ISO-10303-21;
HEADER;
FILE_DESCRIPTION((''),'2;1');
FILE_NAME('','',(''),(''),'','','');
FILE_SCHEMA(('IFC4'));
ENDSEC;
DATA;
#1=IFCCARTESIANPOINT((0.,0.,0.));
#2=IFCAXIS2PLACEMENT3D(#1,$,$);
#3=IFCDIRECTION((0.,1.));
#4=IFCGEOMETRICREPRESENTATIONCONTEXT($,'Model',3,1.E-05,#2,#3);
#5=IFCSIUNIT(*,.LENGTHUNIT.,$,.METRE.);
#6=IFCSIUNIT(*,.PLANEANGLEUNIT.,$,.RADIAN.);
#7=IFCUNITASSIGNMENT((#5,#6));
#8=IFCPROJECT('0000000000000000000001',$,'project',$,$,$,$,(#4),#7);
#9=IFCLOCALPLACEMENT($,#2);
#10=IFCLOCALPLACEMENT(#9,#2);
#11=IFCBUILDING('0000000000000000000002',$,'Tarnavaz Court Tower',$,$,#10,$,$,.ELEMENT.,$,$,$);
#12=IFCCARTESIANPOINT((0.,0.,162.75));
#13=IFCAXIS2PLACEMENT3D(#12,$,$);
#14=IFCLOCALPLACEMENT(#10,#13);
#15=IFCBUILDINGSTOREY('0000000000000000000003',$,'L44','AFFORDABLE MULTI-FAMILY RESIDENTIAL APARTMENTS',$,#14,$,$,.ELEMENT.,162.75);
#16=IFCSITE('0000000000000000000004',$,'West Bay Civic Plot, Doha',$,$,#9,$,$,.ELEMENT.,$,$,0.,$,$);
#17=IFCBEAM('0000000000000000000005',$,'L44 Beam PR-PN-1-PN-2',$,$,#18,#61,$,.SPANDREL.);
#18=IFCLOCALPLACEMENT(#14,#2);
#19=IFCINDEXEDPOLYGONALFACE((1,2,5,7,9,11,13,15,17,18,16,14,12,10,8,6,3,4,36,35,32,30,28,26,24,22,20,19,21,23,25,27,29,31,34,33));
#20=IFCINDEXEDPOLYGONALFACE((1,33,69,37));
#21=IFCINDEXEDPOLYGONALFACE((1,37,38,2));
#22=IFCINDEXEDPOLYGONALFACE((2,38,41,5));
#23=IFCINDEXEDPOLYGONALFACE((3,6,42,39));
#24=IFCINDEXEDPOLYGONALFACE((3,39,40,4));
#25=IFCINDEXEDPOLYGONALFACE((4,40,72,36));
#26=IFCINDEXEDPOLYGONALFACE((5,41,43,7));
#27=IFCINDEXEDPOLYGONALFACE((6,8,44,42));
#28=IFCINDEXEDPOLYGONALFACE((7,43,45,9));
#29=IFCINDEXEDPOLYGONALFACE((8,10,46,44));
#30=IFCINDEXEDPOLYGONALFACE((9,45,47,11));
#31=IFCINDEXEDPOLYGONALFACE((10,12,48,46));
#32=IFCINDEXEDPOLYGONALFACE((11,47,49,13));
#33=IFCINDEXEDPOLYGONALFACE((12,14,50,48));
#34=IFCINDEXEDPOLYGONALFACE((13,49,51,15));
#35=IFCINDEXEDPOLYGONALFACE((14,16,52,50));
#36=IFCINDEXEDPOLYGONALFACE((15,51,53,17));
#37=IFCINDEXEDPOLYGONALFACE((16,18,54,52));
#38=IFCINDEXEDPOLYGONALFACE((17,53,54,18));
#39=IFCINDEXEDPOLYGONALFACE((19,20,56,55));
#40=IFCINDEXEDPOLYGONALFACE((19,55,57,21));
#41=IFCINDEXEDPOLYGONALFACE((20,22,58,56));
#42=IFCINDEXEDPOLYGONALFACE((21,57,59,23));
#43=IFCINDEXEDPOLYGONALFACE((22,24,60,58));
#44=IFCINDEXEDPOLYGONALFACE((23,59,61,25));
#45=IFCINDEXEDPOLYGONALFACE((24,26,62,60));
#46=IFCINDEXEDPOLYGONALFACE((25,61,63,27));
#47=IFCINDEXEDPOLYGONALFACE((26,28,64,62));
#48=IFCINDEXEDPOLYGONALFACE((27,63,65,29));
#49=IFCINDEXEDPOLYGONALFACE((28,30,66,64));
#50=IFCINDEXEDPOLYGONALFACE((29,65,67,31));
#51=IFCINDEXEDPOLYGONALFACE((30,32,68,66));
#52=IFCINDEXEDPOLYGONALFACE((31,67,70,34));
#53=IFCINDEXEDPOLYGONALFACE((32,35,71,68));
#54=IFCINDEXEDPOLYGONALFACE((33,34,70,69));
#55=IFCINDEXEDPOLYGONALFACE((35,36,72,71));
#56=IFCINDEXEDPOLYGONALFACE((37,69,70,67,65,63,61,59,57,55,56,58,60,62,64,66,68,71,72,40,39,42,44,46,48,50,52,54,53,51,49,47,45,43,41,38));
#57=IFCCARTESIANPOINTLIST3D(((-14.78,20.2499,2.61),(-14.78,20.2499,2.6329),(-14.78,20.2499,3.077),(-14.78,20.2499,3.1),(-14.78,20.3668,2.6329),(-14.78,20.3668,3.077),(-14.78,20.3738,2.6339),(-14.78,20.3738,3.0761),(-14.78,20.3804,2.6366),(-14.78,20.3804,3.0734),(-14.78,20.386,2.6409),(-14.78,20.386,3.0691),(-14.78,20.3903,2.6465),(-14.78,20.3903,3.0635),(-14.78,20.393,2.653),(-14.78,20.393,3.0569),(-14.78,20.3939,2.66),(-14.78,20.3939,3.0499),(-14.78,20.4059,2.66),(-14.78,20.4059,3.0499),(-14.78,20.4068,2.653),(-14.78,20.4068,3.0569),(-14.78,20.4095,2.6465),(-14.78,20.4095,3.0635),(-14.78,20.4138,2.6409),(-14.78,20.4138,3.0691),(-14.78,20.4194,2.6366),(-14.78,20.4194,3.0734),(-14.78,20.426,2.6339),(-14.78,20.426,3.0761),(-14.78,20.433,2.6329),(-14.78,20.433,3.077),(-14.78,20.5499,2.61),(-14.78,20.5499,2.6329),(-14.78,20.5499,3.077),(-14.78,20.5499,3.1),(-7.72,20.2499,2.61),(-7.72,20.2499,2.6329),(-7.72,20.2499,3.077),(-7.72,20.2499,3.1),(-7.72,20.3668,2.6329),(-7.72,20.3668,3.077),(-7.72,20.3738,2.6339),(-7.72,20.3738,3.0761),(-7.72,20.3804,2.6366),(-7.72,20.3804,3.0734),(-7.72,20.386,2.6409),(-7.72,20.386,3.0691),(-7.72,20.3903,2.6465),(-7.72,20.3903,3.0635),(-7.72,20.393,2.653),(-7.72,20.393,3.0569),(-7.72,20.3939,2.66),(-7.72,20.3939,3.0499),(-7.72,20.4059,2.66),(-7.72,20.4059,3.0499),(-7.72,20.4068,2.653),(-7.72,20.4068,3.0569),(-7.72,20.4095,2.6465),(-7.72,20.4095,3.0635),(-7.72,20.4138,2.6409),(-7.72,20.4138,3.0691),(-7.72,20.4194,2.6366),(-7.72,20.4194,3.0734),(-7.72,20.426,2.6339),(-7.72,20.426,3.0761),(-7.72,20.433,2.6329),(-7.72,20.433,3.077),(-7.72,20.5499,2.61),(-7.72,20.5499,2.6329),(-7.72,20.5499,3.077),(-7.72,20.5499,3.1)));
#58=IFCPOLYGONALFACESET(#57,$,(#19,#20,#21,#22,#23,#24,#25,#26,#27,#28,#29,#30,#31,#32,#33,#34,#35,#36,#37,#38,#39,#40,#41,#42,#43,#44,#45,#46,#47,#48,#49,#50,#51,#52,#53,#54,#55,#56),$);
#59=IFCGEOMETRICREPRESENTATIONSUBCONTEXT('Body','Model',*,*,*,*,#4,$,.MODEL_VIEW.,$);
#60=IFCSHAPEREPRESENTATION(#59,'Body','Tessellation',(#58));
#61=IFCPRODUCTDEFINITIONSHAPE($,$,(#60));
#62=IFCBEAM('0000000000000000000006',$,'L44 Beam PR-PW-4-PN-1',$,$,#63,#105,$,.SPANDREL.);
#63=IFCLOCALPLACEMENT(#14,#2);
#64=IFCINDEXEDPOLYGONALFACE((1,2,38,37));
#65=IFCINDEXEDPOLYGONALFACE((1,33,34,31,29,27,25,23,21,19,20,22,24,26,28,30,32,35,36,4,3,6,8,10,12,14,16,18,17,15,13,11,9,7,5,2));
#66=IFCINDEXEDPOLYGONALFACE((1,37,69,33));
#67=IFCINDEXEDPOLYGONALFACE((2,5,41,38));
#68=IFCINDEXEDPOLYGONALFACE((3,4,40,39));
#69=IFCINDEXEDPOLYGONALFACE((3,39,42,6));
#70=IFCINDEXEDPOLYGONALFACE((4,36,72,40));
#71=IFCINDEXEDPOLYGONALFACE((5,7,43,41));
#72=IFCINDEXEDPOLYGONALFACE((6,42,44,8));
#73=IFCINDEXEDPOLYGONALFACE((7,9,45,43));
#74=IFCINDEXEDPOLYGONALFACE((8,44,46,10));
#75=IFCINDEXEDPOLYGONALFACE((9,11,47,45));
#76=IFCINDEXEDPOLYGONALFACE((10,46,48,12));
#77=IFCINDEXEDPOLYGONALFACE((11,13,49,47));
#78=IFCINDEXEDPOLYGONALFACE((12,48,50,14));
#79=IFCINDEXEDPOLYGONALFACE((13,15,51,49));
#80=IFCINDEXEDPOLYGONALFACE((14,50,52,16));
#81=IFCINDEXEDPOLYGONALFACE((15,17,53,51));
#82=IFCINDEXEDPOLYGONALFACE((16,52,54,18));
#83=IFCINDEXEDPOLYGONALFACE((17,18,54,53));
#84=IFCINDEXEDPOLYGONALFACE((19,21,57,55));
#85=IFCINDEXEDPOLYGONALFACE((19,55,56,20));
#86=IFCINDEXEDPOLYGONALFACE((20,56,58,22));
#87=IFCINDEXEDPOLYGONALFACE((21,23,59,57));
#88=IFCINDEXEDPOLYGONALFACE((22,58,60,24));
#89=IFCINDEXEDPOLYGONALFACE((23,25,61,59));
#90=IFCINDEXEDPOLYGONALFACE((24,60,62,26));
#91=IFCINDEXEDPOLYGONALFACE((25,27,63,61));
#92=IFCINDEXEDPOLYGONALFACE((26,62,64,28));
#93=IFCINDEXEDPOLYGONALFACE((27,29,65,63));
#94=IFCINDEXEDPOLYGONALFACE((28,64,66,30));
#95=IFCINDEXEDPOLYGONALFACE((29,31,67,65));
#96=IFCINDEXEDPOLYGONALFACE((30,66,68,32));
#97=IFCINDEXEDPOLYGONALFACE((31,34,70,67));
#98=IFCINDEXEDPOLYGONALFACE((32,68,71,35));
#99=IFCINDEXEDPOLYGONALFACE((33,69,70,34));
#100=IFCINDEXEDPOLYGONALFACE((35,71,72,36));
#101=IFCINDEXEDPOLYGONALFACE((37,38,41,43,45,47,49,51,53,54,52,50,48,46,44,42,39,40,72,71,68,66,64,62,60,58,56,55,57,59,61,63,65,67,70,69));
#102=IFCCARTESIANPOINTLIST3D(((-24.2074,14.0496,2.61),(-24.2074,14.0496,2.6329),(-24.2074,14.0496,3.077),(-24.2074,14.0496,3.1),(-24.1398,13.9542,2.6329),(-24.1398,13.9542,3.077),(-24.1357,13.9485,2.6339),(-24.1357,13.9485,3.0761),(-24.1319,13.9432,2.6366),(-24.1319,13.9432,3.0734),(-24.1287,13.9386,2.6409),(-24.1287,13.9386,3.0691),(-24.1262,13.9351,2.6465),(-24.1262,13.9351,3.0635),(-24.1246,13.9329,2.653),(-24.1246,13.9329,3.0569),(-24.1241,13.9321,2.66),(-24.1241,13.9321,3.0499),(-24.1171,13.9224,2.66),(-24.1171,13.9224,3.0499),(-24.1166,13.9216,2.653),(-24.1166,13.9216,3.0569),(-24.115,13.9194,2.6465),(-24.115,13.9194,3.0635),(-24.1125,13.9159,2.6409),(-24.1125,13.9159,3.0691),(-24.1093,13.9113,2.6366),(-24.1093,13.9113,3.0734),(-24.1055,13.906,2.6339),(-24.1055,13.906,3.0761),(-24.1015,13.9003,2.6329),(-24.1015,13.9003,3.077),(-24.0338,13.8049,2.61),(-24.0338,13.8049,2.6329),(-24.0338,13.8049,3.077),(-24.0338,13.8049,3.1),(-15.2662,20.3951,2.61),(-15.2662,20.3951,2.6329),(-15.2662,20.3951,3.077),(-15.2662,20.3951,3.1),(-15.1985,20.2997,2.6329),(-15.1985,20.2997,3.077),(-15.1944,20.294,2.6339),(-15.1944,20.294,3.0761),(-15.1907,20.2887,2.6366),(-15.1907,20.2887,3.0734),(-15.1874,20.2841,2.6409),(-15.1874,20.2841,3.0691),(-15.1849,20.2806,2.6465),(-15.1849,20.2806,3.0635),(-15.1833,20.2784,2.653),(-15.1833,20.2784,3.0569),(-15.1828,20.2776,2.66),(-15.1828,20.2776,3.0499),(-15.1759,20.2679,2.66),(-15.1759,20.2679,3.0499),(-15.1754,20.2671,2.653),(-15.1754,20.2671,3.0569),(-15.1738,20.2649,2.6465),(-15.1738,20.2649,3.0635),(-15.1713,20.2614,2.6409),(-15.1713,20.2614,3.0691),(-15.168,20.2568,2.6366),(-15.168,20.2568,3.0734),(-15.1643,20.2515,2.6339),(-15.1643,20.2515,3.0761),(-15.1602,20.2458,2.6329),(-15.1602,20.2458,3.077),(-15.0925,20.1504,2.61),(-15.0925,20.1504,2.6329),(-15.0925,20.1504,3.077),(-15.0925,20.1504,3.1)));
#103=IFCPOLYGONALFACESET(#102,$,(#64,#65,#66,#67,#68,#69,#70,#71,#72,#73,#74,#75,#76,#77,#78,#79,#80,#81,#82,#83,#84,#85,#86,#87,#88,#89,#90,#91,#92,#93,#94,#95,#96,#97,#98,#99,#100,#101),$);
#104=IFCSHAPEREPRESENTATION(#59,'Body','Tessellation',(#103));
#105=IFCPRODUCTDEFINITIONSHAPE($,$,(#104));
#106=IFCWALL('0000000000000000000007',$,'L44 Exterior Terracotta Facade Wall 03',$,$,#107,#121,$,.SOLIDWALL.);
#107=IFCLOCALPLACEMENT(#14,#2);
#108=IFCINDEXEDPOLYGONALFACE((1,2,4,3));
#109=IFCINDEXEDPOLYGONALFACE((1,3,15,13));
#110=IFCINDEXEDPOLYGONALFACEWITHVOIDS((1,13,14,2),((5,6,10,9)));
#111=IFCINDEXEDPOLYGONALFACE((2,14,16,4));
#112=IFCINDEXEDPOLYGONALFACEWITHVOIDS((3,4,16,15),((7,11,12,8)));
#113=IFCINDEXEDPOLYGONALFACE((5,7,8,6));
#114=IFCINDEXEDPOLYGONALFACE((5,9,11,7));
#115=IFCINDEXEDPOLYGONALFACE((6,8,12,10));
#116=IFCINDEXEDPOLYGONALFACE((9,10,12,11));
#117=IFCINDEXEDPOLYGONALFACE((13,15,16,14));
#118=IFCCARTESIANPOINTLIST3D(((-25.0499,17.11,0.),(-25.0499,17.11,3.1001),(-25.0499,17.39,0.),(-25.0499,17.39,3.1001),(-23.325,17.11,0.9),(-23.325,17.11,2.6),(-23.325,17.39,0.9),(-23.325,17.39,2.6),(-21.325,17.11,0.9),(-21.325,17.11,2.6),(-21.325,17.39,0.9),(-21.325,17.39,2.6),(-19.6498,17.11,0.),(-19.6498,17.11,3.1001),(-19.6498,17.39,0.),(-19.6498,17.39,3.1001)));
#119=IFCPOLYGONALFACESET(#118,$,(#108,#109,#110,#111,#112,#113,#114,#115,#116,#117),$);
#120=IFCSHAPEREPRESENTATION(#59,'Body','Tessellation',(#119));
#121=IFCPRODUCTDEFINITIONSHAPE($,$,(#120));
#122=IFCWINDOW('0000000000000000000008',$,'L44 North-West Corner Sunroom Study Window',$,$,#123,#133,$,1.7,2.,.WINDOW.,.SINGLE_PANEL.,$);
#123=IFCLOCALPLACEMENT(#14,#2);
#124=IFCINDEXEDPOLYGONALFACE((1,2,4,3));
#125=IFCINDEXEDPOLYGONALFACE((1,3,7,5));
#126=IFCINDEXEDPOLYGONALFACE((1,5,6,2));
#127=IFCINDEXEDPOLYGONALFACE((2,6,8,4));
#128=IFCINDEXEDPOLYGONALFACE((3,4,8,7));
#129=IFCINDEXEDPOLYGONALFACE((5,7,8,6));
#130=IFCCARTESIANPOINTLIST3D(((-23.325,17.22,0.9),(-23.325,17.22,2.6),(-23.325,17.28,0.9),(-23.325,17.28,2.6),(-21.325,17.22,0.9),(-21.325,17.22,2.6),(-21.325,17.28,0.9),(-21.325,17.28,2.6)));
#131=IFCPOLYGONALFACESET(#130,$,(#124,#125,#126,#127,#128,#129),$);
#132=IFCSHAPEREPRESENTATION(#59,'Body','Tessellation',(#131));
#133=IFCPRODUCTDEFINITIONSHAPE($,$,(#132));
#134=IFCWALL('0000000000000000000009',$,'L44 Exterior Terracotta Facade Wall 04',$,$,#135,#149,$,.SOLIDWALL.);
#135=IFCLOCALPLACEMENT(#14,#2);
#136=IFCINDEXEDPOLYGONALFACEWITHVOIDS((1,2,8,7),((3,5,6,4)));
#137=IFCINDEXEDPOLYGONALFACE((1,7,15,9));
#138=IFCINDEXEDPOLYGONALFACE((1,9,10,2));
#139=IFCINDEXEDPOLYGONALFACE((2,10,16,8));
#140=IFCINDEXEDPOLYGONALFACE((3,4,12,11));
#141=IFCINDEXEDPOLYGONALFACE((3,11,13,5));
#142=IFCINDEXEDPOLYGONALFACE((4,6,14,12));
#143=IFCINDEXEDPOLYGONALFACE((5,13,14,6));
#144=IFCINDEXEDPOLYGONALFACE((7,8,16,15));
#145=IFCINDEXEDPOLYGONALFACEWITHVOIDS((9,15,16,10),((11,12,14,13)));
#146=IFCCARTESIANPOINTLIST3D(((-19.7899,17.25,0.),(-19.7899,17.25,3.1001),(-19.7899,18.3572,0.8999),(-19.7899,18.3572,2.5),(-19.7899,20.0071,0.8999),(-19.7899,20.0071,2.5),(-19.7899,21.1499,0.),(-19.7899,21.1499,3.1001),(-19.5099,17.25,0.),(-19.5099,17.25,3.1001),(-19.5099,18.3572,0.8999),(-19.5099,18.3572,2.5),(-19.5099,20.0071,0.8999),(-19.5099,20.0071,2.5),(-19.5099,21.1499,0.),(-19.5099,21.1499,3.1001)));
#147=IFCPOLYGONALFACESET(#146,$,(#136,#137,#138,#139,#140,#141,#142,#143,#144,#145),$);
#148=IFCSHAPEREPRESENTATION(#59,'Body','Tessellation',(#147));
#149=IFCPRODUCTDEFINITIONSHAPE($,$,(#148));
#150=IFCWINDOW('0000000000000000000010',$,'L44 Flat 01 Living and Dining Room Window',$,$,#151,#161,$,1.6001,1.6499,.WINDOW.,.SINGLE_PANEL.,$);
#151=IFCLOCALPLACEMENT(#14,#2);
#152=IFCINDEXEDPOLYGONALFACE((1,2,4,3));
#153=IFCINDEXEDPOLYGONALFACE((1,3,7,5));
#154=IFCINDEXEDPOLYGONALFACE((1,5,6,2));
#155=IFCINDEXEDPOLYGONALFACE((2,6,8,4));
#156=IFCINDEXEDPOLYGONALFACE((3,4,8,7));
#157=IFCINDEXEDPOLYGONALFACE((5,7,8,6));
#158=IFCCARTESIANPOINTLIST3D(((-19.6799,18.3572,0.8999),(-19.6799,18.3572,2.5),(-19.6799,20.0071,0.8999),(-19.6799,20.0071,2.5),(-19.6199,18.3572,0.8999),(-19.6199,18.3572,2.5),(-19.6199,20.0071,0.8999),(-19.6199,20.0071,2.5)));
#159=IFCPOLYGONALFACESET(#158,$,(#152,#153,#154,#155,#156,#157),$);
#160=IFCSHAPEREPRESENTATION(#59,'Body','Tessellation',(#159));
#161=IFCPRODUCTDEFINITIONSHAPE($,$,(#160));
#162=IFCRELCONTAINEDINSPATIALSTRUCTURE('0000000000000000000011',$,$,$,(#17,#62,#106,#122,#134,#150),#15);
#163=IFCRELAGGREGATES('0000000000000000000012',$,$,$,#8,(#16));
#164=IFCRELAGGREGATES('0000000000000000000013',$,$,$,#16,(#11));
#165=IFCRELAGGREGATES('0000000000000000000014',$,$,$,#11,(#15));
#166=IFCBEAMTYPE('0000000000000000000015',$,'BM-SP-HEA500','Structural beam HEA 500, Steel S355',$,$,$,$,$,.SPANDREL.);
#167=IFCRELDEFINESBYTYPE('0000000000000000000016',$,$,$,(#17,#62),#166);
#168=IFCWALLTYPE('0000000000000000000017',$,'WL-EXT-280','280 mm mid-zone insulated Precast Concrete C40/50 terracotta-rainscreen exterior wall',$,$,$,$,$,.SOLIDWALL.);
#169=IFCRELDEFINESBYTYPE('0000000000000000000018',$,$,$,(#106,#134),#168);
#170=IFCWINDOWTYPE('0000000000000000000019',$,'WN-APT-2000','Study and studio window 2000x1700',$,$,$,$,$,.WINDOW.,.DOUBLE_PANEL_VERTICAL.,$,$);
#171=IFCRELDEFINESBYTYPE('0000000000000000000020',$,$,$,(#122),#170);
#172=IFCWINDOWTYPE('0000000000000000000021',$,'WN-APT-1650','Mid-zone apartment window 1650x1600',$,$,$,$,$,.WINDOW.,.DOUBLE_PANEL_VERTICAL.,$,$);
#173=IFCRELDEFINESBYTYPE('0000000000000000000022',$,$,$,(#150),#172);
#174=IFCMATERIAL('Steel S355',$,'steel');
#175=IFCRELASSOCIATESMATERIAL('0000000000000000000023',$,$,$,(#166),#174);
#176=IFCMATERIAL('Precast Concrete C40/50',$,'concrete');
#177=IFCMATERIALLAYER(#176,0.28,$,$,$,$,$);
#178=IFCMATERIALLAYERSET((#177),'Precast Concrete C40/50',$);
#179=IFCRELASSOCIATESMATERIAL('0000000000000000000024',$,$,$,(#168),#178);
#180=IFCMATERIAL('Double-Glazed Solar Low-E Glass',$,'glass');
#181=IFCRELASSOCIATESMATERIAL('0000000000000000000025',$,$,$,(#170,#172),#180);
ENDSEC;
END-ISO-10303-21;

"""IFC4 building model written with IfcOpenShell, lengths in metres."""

from ifc_helpers import new_model, si_unit, direction, frame, frame_2d, origin, origin_2d, place, context, subcontext, project, spatial, rectangle, i_section, extrude, material, layer, layer_set, material_profile, profile_set, type_object, element, fill, save


model = new_model("IFC4")

# Units and contexts
model_context = context("Model", 3, precision=1e-05, world=origin(), true_north=direction((0.0, 1.0)))
body_context = subcontext(model_context, "Body", "Model", "MODEL_VIEW")
ifc_project = project(units=[si_unit("LENGTHUNIT", "METRE"), si_unit("PLANEANGLEUNIT", "RADIAN")], contexts=[model_context])

# Site, building, storey
site_placement = place(None, origin())
site = spatial("IfcSite", under=ifc_project, at=site_placement, Name="West Bay Civic Plot, Doha", CompositionType="ELEMENT", RefElevation=0.0)
building_placement = place(site_placement, origin())
building = spatial("IfcBuilding", under=site, at=building_placement, Name="Tarnavaz Court Tower", CompositionType="ELEMENT")
storey_placement = place(building_placement, frame((0.0, 0.0, 162.75)))
storey = spatial("IfcBuildingStorey", under=building, at=storey_placement, Name="L44", Description="AFFORDABLE MULTI-FAMILY RESIDENTIAL APARTMENTS", CompositionType="ELEMENT", Elevation=162.75)

# Beams
ifc_material_1 = material(Name="Steel S355", Category="steel")
ifc_material_profile_1 = material_profile(ifc_material_1, i_section(OverallWidth=0.3, OverallDepth=0.49, WebThickness=0.012, FlangeThickness=0.0229, FilletRadius=0.0271, at=origin_2d()), Name="HEA 500")
ifc_profile_set_1 = profile_set([ifc_material_profile_1], Name="Steel S355")
beam_type_1 = type_object("IfcBeamType", Name="BM-SP-HEA500", Description="Structural beam HEA 500, Steel S355", PredefinedType="SPANDREL", material=ifc_profile_set_1)
beam_1_placement = place(storey_placement, frame((-14.78, 20.3999, 2.855), z_axis=(1.0, 0.0, 0.0), x_axis=(0.0, 1.0, 0.0)))
element("IfcBeam", 1, at=beam_1_placement, inside=storey, type_object=beam_type_1, Name="L44 Beam PR-PN-1-PN-2", PredefinedType="SPANDREL", context=body_context, shape_type="SweptSolid", body=[
    extrude(i_section(OverallWidth=0.3, OverallDepth=0.49, WebThickness=0.012, FlangeThickness=0.0229, FilletRadius=0.0271, at=origin_2d()), origin(), (0.0, 0.0, 1.0), 7.0601),
])
beam_2_placement = place(storey_placement, frame((-24.1206, 13.9272, 2.855), z_axis=(0.815502, 0.578754, 0.0), x_axis=(-0.578754, 0.815502, 0.0)))
element("IfcBeam", 2, at=beam_2_placement, inside=storey, type_object=beam_type_1, Name="L44 Beam PR-PW-4-PN-1", PredefinedType="SPANDREL", context=body_context, shape_type="SweptSolid", body=[
    extrude(i_section(OverallWidth=0.3, OverallDepth=0.49, WebThickness=0.012, FlangeThickness=0.0229, FilletRadius=0.0271, at=origin_2d()), origin(), (0.0, 0.0, 1.0), 10.9641),
])

# Walls, openings, windows
ifc_material_2 = material(Name="Precast Concrete C40/50", Category="concrete")
ifc_layer_1 = layer(ifc_material_2, 0.28)
ifc_layer_set_1 = layer_set([ifc_layer_1], Name="Precast Concrete C40/50")
wall_type_1 = type_object("IfcWallType", Name="WL-EXT-280", Description="280 mm mid-zone insulated Precast Concrete C40/50 terracotta-rainscreen exterior wall", PredefinedType="SOLIDWALL", material=ifc_layer_set_1)
wall_1_placement = place(storey_placement, frame((-25.05, 17.25, 0.0), z_axis=(0.0, 0.0, 1.0), x_axis=(1.0, 0.0, 0.0)))
wall_1 = element("IfcWall", 3, at=wall_1_placement, inside=storey, type_object=wall_type_1, Name="L44 Exterior Terracotta Facade Wall 03", PredefinedType="SOLIDWALL", context=body_context, shape_type="SweptSolid", body=[
    extrude(rectangle(XDim=5.4001, YDim=0.28, at=frame_2d((2.7002, 0.0))), origin(), (0.0, 0.0, 1.0), 3.1001),
])
opening_1_placement = place(wall_1_placement, frame((1.7251, 0.0, 0.8999)))
opening_1 = element("IfcOpeningElement", 4, at=opening_1_placement, cuts=wall_1, PredefinedType="OPENING", context=body_context, shape_type="SweptSolid", body=[
    extrude(rectangle(XDim=2.0, YDim=1.7, at=frame_2d((1.0, 0.8501))), frame((0.0, 0.1499, 0.0), z_axis=(0.0, -1.0, 0.0), x_axis=(1.0, 0.0, 0.0)), (0.0, 0.0, 1.0), 0.3),
])
ifc_material_3 = material(Name="Double-Glazed Solar Low-E Glass", Category="glass")
window_type_1 = type_object("IfcWindowType", Name="WN-APT-2000", Description="Study and studio window 2000x1700", PartitioningType="DOUBLE_PANEL_VERTICAL", PredefinedType="WINDOW", material=ifc_material_3)
window_1_placement = place(opening_1_placement, origin())
window_1 = element("IfcWindow", 5, at=window_1_placement, inside=storey, type_object=window_type_1, Name="L44 North-West Corner Sunroom Study Window", OverallHeight=1.7, OverallWidth=2.0, PartitioningType="SINGLE_PANEL", PredefinedType="WINDOW", context=body_context, shape_type="SweptSolid", body=[
    extrude(rectangle(XDim=2.0, YDim=1.7, at=frame_2d((1.0, 0.8501))), frame((0.0, 0.03, 0.0), z_axis=(0.0, -1.0, 0.0), x_axis=(1.0, 0.0, 0.0)), (0.0, 0.0, 1.0), 0.0601),
])
fill(opening_1, window_1)
wall_2_placement = place(storey_placement, frame((-19.6499, 17.25, 0.0), z_axis=(0.0, 0.0, 1.0), x_axis=(0.0, 1.0, 0.0)))
wall_2 = element("IfcWall", 6, at=wall_2_placement, inside=storey, type_object=wall_type_1, Name="L44 Exterior Terracotta Facade Wall 04", PredefinedType="SOLIDWALL", context=body_context, shape_type="SweptSolid", body=[
    extrude(rectangle(XDim=3.8999, YDim=0.28, at=frame_2d((1.95, 0.0))), origin(), (0.0, 0.0, 1.0), 3.1001),
])
opening_2_placement = place(wall_2_placement, frame((1.1072, 0.0, 0.8999)))
opening_2 = element("IfcOpeningElement", 7, at=opening_2_placement, cuts=wall_2, PredefinedType="OPENING", context=body_context, shape_type="SweptSolid", body=[
    extrude(rectangle(XDim=1.6499, YDim=1.6001, at=frame_2d((0.825, 0.8))), frame((0.0, 0.1499, 0.0), z_axis=(0.0, -1.0, 0.0), x_axis=(1.0, 0.0, 0.0)), (0.0, 0.0, 1.0), 0.3),
])
window_type_2 = type_object("IfcWindowType", Name="WN-APT-1650", Description="Mid-zone apartment window 1650x1600", PartitioningType="DOUBLE_PANEL_VERTICAL", PredefinedType="WINDOW", material=ifc_material_3)
window_2_placement = place(opening_2_placement, origin())
window_2 = element("IfcWindow", 8, at=window_2_placement, inside=storey, type_object=window_type_2, Name="L44 Flat 01 Living and Dining Room Window", OverallHeight=1.6001, OverallWidth=1.6499, PartitioningType="SINGLE_PANEL", PredefinedType="WINDOW", context=body_context, shape_type="SweptSolid", body=[
    extrude(rectangle(XDim=1.6499, YDim=1.6001, at=frame_2d((0.825, 0.8))), frame((0.0, 0.03, 0.0), z_axis=(0.0, -1.0, 0.0), x_axis=(1.0, 0.0, 0.0)), (0.0, 0.0, 1.0), 0.0601),
])
fill(opening_2, window_2)

save(model, "model.ifc")
